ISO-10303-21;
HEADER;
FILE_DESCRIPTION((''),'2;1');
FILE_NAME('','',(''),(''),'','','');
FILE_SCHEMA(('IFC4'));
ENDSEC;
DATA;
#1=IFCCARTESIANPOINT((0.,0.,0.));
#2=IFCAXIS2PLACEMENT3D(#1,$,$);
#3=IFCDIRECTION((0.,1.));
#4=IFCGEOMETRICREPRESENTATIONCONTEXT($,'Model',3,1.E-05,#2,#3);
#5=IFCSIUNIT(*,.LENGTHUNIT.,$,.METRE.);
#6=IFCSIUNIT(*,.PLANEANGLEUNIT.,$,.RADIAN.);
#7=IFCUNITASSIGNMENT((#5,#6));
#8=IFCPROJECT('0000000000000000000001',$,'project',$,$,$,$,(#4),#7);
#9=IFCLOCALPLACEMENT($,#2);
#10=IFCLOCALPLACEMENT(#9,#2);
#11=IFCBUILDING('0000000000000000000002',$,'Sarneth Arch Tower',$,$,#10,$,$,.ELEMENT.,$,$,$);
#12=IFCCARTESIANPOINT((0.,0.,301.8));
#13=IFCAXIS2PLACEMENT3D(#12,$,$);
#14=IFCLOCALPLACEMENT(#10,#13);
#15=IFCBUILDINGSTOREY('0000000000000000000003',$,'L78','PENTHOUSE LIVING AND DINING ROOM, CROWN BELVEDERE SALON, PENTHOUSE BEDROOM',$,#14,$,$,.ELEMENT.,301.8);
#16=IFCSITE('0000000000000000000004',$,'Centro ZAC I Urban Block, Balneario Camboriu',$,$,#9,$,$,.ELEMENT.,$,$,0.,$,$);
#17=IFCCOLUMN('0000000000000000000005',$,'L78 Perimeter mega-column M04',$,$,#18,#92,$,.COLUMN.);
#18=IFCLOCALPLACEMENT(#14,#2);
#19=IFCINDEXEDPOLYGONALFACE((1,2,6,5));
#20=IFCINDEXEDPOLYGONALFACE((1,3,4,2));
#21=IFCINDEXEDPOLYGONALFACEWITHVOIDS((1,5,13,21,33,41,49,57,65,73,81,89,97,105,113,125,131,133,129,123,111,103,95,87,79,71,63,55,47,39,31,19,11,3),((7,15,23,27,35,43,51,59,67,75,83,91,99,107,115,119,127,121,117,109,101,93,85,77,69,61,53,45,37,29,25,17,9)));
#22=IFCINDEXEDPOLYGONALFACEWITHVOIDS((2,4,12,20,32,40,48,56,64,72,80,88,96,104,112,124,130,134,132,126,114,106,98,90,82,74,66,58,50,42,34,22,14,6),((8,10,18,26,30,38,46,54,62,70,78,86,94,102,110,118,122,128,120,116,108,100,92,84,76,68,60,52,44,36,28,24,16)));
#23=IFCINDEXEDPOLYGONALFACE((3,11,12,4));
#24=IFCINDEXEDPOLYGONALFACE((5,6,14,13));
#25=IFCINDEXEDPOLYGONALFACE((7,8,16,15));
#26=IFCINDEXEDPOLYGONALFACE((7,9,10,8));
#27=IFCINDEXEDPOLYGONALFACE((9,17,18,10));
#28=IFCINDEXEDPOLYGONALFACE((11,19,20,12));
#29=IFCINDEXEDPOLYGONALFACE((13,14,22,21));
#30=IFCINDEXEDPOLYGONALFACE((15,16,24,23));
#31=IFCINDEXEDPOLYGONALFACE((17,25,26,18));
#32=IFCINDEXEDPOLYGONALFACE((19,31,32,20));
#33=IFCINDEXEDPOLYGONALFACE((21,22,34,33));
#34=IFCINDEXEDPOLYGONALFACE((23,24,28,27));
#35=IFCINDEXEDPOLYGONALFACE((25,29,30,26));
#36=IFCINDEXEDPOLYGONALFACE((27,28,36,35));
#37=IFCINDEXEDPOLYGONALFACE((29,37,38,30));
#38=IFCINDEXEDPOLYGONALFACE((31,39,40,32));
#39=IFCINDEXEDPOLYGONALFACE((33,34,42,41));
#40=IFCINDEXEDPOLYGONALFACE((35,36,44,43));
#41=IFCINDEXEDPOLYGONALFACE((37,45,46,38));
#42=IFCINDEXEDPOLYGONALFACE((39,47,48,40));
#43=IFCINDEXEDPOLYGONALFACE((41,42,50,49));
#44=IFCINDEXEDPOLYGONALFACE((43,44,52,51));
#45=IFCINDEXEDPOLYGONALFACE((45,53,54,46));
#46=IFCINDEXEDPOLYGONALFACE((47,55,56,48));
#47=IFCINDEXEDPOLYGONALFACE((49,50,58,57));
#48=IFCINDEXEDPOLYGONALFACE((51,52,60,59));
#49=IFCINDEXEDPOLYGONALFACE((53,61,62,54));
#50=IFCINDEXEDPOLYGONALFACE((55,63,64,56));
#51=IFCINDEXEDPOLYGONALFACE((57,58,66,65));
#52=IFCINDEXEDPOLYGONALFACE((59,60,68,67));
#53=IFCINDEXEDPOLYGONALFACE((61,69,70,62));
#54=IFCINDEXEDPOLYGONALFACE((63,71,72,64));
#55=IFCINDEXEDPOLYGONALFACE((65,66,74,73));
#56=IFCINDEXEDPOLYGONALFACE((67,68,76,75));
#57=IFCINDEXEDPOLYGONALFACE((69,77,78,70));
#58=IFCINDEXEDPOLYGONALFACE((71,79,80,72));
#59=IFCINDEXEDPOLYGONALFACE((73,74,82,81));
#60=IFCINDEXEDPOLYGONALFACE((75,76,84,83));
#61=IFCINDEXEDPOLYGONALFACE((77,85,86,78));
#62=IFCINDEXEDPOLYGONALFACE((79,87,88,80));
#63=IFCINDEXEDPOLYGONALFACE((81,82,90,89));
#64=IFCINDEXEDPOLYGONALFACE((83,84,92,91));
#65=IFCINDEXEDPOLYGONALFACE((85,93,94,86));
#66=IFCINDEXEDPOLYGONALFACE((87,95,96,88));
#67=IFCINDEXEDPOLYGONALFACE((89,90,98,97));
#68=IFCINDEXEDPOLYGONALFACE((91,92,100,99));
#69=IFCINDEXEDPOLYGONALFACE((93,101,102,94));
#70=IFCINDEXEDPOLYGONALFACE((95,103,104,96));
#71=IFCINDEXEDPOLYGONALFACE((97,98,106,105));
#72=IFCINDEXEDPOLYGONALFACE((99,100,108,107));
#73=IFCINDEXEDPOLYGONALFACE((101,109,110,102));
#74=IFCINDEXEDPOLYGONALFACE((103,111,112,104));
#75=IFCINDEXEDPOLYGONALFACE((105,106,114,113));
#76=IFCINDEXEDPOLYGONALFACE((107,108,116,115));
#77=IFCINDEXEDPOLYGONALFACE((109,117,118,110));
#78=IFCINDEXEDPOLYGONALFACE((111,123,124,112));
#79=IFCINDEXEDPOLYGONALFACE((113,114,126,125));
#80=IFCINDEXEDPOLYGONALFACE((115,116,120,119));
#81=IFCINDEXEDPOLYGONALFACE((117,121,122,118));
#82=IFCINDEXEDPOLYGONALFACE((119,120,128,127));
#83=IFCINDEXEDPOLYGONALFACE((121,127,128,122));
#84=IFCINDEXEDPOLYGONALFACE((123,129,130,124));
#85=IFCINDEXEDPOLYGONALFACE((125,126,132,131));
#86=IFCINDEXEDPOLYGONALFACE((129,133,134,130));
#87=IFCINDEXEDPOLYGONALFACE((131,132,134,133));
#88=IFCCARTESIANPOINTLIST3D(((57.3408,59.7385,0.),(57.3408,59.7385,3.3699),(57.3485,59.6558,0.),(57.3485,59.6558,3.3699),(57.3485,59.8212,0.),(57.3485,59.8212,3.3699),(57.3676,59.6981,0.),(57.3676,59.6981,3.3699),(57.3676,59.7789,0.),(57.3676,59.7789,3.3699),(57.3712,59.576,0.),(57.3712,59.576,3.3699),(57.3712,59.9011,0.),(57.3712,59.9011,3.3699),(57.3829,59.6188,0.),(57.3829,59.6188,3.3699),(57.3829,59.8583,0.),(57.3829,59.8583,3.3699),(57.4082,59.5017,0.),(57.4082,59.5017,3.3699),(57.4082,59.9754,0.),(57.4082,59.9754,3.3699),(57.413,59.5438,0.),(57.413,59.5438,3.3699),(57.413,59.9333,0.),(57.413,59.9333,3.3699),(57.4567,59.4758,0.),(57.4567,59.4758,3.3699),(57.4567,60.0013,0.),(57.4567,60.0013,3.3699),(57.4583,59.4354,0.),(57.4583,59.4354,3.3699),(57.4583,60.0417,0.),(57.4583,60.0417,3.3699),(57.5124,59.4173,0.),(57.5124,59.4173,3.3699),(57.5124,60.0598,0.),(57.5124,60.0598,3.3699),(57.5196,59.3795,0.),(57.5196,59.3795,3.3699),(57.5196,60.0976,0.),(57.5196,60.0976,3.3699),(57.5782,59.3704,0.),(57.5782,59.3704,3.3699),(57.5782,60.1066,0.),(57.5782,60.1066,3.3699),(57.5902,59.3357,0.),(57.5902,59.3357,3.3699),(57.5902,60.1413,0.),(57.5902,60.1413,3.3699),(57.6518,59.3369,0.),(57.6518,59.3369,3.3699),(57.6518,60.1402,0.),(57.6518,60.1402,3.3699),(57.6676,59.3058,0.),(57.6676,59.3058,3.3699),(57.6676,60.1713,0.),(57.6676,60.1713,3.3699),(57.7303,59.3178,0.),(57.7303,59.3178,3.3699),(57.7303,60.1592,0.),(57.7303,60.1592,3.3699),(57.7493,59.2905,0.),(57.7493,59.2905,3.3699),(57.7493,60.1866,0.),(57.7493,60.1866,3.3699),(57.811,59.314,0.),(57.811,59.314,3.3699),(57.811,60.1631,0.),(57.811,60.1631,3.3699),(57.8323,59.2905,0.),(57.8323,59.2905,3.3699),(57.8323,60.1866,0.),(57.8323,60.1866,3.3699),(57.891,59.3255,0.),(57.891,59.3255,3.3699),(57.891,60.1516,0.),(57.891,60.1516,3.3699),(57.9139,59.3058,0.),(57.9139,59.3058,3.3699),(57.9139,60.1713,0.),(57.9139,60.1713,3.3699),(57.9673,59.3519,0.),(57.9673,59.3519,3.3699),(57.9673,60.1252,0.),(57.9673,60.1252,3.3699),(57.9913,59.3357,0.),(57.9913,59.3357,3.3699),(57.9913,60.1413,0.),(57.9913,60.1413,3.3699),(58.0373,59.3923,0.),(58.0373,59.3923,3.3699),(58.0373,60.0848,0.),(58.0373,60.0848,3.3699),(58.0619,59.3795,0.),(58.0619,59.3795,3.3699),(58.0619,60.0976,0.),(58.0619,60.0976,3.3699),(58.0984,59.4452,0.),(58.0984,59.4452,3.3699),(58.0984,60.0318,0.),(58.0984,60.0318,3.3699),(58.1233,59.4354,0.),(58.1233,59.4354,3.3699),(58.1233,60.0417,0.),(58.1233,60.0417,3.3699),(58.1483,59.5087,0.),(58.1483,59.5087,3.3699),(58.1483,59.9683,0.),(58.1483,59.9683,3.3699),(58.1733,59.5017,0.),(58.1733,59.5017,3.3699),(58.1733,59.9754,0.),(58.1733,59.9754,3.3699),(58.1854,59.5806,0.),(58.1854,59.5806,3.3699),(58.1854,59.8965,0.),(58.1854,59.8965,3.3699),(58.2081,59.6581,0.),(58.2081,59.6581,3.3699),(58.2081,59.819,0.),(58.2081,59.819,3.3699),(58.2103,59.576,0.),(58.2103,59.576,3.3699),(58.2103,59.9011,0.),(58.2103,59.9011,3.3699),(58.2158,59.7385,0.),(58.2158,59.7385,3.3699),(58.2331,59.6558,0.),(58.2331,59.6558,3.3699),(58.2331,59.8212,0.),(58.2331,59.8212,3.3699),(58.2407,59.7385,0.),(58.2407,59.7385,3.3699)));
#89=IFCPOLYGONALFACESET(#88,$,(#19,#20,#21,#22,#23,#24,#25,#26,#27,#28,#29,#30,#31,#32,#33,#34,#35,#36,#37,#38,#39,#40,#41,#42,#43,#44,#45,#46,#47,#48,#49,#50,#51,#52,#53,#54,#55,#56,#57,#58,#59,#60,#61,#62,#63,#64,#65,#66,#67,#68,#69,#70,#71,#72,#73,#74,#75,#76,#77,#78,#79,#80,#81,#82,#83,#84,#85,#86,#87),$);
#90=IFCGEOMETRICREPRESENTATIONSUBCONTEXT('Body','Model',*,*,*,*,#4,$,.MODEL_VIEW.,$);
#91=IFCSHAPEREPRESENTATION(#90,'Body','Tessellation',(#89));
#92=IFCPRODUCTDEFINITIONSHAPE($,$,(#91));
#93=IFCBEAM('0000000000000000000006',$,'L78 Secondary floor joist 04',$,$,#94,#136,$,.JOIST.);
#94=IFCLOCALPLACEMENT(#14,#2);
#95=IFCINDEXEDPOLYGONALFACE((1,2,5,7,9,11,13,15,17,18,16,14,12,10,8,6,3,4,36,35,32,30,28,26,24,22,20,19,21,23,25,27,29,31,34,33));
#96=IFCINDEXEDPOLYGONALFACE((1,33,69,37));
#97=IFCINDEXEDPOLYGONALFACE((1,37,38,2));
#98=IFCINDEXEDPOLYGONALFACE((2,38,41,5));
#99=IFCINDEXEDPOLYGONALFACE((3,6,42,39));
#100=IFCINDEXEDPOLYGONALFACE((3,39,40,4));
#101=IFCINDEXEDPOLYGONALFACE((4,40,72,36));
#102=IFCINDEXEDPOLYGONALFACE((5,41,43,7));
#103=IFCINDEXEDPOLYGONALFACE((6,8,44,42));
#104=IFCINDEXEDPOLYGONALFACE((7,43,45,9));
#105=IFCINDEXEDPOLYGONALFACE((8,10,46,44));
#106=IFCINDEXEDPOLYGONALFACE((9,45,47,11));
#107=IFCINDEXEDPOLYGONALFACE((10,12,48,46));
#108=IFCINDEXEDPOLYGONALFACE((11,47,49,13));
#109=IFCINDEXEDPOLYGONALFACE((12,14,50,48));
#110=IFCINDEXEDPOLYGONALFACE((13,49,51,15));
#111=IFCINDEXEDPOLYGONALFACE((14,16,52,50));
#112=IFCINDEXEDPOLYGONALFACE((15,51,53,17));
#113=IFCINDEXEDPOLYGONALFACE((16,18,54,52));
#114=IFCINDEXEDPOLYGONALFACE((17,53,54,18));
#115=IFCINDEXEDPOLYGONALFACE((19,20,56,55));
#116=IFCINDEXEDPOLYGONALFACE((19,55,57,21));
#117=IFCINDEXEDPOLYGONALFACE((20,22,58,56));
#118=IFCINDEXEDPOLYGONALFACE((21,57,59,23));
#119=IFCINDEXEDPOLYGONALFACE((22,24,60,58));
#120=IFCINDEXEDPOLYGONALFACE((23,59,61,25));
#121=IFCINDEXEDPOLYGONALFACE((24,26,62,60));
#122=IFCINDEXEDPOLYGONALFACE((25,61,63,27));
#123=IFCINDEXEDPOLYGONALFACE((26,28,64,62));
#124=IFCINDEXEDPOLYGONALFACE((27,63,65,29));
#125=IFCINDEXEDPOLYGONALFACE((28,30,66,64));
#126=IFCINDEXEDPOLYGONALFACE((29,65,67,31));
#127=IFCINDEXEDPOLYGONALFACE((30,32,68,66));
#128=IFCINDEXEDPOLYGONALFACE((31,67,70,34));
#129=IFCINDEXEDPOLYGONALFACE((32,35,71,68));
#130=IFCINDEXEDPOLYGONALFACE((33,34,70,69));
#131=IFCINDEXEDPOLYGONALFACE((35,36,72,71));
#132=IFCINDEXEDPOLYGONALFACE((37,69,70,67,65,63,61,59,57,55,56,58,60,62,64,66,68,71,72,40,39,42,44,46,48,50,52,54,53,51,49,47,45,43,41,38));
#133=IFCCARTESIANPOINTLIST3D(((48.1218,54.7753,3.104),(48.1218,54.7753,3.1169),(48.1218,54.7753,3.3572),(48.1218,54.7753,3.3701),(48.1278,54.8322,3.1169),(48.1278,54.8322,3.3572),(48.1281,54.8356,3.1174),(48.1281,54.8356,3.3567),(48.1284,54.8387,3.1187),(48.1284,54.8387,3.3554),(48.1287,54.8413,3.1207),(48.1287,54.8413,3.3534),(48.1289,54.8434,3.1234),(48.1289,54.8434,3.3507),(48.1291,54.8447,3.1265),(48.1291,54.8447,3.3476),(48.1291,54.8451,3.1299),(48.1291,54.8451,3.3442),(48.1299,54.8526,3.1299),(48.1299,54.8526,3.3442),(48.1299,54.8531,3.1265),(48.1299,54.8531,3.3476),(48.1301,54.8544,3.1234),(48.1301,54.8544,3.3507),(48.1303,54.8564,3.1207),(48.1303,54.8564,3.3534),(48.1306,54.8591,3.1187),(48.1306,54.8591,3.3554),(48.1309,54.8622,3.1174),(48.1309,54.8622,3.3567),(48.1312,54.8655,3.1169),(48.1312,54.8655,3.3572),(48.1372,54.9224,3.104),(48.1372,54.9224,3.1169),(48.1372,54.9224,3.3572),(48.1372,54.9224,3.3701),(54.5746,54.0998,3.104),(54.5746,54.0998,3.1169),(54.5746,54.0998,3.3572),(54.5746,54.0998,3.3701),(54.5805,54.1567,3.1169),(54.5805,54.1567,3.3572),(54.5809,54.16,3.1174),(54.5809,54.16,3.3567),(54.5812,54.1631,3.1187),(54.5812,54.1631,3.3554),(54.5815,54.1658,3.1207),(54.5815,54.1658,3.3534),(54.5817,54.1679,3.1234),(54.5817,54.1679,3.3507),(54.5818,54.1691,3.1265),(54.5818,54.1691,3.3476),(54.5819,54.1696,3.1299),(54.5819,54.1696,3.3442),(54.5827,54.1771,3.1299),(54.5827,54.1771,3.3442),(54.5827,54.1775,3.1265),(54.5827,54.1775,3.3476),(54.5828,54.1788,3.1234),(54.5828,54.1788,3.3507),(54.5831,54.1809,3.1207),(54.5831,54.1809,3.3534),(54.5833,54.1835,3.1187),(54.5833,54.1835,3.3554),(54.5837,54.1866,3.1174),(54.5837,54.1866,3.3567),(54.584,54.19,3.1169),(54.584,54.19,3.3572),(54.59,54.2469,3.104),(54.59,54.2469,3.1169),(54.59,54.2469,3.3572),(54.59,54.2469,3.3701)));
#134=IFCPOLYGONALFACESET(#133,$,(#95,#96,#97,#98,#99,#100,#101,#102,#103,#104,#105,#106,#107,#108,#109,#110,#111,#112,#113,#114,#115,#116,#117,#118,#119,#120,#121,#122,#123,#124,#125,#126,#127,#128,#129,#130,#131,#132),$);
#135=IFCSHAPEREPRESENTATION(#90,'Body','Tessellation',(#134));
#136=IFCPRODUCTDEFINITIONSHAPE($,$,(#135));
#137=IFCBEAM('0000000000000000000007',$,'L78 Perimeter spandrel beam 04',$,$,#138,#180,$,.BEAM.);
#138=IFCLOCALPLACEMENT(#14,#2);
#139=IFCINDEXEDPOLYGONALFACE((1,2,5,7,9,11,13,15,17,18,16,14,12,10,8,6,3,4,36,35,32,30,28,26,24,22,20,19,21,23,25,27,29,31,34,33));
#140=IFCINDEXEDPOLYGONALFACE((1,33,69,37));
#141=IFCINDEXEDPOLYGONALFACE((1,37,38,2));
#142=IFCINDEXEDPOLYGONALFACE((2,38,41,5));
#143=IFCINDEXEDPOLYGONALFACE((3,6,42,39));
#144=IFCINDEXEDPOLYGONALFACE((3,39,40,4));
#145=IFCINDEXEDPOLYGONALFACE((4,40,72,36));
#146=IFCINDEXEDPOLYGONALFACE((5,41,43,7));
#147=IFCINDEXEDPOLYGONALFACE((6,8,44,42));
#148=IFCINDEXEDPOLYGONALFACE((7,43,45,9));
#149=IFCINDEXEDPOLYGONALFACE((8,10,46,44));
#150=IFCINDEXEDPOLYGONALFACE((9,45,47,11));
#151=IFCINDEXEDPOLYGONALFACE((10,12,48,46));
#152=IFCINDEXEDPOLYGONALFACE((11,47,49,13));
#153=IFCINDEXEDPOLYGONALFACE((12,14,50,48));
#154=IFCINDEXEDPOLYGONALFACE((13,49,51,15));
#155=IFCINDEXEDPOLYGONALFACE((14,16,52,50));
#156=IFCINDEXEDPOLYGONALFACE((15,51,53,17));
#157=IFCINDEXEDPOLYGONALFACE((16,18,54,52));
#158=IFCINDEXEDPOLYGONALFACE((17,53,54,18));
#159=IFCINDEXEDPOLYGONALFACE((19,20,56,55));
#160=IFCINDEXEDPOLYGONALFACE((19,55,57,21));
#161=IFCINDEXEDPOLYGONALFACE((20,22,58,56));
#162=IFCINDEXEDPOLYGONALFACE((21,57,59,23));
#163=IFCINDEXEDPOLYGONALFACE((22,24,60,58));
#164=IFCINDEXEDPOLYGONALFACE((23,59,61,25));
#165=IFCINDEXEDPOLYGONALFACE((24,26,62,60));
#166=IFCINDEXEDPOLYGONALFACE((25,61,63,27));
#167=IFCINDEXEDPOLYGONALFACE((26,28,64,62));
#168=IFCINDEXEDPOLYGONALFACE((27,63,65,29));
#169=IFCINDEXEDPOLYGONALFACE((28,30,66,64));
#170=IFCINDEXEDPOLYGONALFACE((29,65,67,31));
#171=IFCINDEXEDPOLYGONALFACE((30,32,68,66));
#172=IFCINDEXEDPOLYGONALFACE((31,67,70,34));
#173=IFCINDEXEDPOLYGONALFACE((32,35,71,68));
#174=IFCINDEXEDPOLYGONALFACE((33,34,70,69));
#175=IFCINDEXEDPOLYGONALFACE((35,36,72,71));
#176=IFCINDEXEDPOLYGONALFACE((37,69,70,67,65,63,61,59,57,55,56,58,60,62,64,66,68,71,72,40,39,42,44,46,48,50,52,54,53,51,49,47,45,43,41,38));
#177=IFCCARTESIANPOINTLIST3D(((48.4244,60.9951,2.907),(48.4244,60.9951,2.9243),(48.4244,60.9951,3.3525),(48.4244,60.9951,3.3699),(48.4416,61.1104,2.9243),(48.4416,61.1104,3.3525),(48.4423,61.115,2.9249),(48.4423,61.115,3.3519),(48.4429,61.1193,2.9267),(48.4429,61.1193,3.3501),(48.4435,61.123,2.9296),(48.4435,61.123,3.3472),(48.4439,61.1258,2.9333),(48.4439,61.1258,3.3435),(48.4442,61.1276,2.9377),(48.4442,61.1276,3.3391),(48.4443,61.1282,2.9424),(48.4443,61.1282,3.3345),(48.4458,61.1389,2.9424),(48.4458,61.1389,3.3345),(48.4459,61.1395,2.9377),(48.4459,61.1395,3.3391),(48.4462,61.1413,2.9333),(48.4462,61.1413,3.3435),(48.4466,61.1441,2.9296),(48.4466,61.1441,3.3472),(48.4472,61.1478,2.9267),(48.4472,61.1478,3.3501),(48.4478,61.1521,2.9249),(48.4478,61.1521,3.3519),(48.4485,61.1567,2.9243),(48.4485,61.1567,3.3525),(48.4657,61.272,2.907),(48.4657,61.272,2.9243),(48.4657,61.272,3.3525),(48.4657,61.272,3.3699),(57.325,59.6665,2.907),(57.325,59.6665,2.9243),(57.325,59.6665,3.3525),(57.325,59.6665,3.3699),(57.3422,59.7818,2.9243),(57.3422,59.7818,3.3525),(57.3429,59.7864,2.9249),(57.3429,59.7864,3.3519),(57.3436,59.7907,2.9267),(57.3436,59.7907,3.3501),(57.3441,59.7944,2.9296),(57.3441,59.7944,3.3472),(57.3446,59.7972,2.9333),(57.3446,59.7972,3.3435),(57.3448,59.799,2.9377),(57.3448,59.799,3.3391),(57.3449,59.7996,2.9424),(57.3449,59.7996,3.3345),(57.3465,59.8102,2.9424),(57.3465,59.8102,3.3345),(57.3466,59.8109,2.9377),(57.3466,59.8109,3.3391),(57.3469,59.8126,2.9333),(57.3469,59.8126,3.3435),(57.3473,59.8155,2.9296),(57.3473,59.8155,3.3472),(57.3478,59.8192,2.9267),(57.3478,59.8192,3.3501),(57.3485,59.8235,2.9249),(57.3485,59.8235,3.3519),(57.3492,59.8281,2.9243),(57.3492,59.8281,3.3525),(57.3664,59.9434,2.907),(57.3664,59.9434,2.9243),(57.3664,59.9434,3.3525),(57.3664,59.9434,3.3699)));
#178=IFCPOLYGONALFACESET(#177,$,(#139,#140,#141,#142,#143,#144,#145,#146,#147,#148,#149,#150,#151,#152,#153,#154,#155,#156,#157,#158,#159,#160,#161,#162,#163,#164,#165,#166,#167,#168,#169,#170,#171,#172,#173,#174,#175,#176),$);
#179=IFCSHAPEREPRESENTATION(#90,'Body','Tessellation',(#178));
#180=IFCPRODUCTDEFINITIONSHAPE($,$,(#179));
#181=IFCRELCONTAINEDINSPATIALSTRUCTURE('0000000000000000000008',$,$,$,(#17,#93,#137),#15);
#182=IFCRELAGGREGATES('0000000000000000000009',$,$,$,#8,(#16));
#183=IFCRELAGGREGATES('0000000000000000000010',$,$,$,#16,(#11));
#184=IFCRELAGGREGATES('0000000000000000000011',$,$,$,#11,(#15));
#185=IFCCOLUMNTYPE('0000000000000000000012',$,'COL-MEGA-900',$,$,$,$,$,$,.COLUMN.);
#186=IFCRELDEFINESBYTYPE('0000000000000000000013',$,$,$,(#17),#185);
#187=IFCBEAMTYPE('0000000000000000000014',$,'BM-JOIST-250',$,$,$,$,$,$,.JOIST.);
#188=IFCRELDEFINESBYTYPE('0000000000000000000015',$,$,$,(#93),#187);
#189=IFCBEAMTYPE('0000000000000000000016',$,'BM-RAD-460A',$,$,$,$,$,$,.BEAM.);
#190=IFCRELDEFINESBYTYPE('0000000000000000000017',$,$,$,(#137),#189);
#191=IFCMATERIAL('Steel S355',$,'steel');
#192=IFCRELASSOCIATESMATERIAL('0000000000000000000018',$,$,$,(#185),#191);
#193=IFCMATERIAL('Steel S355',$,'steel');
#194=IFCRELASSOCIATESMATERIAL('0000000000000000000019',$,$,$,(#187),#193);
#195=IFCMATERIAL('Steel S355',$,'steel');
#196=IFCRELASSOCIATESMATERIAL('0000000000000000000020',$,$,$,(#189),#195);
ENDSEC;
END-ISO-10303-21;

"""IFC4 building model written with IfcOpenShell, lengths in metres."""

from ifc_helpers import new_model, si_unit, direction, frame, origin, origin_2d, place, context, subcontext, project, spatial, hollow_circle, i_section, extrude, material, material_profile, profile_set, type_object, element, save


model = new_model("IFC4")

# Units and contexts
model_context = context("Model", 3, precision=1e-05, world=origin(), true_north=direction((0.0, 1.0)))
body_context = subcontext(model_context, "Body", "Model", "MODEL_VIEW")
ifc_project = project(units=[si_unit("LENGTHUNIT", "METRE"), si_unit("PLANEANGLEUNIT", "RADIAN")], contexts=[model_context])

# Site, building, storey
site_placement = place(None, origin())
site = spatial("IfcSite", under=ifc_project, at=site_placement, Name="Centro ZAC I Urban Block, Balneario Camboriu", CompositionType="ELEMENT", RefElevation=0.0)
building_placement = place(site_placement, origin())
building = spatial("IfcBuilding", under=site, at=building_placement, Name="Sarneth Arch Tower", CompositionType="ELEMENT")
storey_placement = place(building_placement, frame((0.0, 0.0, 301.8)))
storey = spatial("IfcBuildingStorey", under=building, at=storey_placement, Name="L78", Description="PENTHOUSE LIVING AND DINING ROOM, CROWN BELVEDERE SALON, PENTHOUSE BEDROOM", CompositionType="ELEMENT", Elevation=301.8)

# Column
ifc_material_1 = material(Name="Steel S355", Category="steel")
ifc_material_profile_1 = material_profile(ifc_material_1, hollow_circle(Radius=0.45, WallThickness=0.0249, at=origin_2d()), Name="CHS900x25")
ifc_profile_set_1 = profile_set([ifc_material_profile_1], Name="Steel S355")
column_type = type_object("IfcColumnType", Name="COL-MEGA-900", PredefinedType="COLUMN", material=ifc_profile_set_1)
column_placement = place(storey_placement, frame((57.7908, 59.7385, 0.0), z_axis=(0.0, 0.0, 1.0), x_axis=(1.0, 0.0, 0.0)))
element("IfcColumn", 1, at=column_placement, inside=storey, type_object=column_type, Name="L78 Perimeter mega-column M04", PredefinedType="COLUMN", context=body_context, shape_type="SweptSolid", body=[
    extrude(hollow_circle(Radius=0.45, WallThickness=0.0249, at=origin_2d()), origin(), (0.0, 0.0, 1.0), 3.3699),
])

# Beams
ifc_material_2 = material(Name="Steel S355", Category="steel")
ifc_material_profile_2 = material_profile(ifc_material_2, i_section(OverallWidth=0.1479, OverallDepth=0.2661, WebThickness=0.0076, FlangeThickness=0.0129, FilletRadius=0.0129, at=origin_2d()), Name="W250x44.8")
ifc_profile_set_2 = profile_set([ifc_material_profile_2], Name="Steel S355")
beam_type_1 = type_object("IfcBeamType", Name="BM-JOIST-250", PredefinedType="JOIST", material=ifc_profile_set_2)
beam_1_placement = place(storey_placement, frame((54.5823, 54.1733, 3.2371), z_axis=(-0.994565, 0.104119, 0.0), x_axis=(-0.104119, -0.994565, 0.0)))
element("IfcBeam", 2, at=beam_1_placement, inside=storey, type_object=beam_type_1, Name="L78 Secondary floor joist 04", PredefinedType="JOIST", context=body_context, shape_type="SweptSolid", body=[
    extrude(i_section(OverallWidth=0.1479, OverallDepth=0.2661, WebThickness=0.0076, FlangeThickness=0.0129, FilletRadius=0.0129, at=origin_2d()), origin(), (0.0, 0.0, 1.0), 6.488),
])
ifc_material_3 = material(Name="Steel S355", Category="steel")
ifc_material_profile_3 = material_profile(ifc_material_3, i_section(OverallWidth=0.28, OverallDepth=0.4629, WebThickness=0.0107, FlangeThickness=0.0173, FilletRadius=0.0181, at=origin_2d()), Name="W460x113")
ifc_profile_set_3 = profile_set([ifc_material_profile_3], Name="Steel S355")
beam_type_2 = type_object("IfcBeamType", Name="BM-RAD-460A", PredefinedType="BEAM", material=ifc_profile_set_3)
beam_2_placement = place(storey_placement, frame((57.3457, 59.8049, 3.1384), z_axis=(-0.989042, 0.147636, 0.0), x_axis=(-0.147636, -0.989042, 0.0)))
element("IfcBeam", 3, at=beam_2_placement, inside=storey, type_object=beam_type_2, Name="L78 Perimeter spandrel beam 04", PredefinedType="BEAM", context=body_context, shape_type="SweptSolid", body=[
    extrude(i_section(OverallWidth=0.28, OverallDepth=0.4629, WebThickness=0.0107, FlangeThickness=0.0173, FilletRadius=0.0181, at=origin_2d()), origin(), (0.0, 0.0, 1.0), 8.9993),
])

save(model, "model.ifc")
